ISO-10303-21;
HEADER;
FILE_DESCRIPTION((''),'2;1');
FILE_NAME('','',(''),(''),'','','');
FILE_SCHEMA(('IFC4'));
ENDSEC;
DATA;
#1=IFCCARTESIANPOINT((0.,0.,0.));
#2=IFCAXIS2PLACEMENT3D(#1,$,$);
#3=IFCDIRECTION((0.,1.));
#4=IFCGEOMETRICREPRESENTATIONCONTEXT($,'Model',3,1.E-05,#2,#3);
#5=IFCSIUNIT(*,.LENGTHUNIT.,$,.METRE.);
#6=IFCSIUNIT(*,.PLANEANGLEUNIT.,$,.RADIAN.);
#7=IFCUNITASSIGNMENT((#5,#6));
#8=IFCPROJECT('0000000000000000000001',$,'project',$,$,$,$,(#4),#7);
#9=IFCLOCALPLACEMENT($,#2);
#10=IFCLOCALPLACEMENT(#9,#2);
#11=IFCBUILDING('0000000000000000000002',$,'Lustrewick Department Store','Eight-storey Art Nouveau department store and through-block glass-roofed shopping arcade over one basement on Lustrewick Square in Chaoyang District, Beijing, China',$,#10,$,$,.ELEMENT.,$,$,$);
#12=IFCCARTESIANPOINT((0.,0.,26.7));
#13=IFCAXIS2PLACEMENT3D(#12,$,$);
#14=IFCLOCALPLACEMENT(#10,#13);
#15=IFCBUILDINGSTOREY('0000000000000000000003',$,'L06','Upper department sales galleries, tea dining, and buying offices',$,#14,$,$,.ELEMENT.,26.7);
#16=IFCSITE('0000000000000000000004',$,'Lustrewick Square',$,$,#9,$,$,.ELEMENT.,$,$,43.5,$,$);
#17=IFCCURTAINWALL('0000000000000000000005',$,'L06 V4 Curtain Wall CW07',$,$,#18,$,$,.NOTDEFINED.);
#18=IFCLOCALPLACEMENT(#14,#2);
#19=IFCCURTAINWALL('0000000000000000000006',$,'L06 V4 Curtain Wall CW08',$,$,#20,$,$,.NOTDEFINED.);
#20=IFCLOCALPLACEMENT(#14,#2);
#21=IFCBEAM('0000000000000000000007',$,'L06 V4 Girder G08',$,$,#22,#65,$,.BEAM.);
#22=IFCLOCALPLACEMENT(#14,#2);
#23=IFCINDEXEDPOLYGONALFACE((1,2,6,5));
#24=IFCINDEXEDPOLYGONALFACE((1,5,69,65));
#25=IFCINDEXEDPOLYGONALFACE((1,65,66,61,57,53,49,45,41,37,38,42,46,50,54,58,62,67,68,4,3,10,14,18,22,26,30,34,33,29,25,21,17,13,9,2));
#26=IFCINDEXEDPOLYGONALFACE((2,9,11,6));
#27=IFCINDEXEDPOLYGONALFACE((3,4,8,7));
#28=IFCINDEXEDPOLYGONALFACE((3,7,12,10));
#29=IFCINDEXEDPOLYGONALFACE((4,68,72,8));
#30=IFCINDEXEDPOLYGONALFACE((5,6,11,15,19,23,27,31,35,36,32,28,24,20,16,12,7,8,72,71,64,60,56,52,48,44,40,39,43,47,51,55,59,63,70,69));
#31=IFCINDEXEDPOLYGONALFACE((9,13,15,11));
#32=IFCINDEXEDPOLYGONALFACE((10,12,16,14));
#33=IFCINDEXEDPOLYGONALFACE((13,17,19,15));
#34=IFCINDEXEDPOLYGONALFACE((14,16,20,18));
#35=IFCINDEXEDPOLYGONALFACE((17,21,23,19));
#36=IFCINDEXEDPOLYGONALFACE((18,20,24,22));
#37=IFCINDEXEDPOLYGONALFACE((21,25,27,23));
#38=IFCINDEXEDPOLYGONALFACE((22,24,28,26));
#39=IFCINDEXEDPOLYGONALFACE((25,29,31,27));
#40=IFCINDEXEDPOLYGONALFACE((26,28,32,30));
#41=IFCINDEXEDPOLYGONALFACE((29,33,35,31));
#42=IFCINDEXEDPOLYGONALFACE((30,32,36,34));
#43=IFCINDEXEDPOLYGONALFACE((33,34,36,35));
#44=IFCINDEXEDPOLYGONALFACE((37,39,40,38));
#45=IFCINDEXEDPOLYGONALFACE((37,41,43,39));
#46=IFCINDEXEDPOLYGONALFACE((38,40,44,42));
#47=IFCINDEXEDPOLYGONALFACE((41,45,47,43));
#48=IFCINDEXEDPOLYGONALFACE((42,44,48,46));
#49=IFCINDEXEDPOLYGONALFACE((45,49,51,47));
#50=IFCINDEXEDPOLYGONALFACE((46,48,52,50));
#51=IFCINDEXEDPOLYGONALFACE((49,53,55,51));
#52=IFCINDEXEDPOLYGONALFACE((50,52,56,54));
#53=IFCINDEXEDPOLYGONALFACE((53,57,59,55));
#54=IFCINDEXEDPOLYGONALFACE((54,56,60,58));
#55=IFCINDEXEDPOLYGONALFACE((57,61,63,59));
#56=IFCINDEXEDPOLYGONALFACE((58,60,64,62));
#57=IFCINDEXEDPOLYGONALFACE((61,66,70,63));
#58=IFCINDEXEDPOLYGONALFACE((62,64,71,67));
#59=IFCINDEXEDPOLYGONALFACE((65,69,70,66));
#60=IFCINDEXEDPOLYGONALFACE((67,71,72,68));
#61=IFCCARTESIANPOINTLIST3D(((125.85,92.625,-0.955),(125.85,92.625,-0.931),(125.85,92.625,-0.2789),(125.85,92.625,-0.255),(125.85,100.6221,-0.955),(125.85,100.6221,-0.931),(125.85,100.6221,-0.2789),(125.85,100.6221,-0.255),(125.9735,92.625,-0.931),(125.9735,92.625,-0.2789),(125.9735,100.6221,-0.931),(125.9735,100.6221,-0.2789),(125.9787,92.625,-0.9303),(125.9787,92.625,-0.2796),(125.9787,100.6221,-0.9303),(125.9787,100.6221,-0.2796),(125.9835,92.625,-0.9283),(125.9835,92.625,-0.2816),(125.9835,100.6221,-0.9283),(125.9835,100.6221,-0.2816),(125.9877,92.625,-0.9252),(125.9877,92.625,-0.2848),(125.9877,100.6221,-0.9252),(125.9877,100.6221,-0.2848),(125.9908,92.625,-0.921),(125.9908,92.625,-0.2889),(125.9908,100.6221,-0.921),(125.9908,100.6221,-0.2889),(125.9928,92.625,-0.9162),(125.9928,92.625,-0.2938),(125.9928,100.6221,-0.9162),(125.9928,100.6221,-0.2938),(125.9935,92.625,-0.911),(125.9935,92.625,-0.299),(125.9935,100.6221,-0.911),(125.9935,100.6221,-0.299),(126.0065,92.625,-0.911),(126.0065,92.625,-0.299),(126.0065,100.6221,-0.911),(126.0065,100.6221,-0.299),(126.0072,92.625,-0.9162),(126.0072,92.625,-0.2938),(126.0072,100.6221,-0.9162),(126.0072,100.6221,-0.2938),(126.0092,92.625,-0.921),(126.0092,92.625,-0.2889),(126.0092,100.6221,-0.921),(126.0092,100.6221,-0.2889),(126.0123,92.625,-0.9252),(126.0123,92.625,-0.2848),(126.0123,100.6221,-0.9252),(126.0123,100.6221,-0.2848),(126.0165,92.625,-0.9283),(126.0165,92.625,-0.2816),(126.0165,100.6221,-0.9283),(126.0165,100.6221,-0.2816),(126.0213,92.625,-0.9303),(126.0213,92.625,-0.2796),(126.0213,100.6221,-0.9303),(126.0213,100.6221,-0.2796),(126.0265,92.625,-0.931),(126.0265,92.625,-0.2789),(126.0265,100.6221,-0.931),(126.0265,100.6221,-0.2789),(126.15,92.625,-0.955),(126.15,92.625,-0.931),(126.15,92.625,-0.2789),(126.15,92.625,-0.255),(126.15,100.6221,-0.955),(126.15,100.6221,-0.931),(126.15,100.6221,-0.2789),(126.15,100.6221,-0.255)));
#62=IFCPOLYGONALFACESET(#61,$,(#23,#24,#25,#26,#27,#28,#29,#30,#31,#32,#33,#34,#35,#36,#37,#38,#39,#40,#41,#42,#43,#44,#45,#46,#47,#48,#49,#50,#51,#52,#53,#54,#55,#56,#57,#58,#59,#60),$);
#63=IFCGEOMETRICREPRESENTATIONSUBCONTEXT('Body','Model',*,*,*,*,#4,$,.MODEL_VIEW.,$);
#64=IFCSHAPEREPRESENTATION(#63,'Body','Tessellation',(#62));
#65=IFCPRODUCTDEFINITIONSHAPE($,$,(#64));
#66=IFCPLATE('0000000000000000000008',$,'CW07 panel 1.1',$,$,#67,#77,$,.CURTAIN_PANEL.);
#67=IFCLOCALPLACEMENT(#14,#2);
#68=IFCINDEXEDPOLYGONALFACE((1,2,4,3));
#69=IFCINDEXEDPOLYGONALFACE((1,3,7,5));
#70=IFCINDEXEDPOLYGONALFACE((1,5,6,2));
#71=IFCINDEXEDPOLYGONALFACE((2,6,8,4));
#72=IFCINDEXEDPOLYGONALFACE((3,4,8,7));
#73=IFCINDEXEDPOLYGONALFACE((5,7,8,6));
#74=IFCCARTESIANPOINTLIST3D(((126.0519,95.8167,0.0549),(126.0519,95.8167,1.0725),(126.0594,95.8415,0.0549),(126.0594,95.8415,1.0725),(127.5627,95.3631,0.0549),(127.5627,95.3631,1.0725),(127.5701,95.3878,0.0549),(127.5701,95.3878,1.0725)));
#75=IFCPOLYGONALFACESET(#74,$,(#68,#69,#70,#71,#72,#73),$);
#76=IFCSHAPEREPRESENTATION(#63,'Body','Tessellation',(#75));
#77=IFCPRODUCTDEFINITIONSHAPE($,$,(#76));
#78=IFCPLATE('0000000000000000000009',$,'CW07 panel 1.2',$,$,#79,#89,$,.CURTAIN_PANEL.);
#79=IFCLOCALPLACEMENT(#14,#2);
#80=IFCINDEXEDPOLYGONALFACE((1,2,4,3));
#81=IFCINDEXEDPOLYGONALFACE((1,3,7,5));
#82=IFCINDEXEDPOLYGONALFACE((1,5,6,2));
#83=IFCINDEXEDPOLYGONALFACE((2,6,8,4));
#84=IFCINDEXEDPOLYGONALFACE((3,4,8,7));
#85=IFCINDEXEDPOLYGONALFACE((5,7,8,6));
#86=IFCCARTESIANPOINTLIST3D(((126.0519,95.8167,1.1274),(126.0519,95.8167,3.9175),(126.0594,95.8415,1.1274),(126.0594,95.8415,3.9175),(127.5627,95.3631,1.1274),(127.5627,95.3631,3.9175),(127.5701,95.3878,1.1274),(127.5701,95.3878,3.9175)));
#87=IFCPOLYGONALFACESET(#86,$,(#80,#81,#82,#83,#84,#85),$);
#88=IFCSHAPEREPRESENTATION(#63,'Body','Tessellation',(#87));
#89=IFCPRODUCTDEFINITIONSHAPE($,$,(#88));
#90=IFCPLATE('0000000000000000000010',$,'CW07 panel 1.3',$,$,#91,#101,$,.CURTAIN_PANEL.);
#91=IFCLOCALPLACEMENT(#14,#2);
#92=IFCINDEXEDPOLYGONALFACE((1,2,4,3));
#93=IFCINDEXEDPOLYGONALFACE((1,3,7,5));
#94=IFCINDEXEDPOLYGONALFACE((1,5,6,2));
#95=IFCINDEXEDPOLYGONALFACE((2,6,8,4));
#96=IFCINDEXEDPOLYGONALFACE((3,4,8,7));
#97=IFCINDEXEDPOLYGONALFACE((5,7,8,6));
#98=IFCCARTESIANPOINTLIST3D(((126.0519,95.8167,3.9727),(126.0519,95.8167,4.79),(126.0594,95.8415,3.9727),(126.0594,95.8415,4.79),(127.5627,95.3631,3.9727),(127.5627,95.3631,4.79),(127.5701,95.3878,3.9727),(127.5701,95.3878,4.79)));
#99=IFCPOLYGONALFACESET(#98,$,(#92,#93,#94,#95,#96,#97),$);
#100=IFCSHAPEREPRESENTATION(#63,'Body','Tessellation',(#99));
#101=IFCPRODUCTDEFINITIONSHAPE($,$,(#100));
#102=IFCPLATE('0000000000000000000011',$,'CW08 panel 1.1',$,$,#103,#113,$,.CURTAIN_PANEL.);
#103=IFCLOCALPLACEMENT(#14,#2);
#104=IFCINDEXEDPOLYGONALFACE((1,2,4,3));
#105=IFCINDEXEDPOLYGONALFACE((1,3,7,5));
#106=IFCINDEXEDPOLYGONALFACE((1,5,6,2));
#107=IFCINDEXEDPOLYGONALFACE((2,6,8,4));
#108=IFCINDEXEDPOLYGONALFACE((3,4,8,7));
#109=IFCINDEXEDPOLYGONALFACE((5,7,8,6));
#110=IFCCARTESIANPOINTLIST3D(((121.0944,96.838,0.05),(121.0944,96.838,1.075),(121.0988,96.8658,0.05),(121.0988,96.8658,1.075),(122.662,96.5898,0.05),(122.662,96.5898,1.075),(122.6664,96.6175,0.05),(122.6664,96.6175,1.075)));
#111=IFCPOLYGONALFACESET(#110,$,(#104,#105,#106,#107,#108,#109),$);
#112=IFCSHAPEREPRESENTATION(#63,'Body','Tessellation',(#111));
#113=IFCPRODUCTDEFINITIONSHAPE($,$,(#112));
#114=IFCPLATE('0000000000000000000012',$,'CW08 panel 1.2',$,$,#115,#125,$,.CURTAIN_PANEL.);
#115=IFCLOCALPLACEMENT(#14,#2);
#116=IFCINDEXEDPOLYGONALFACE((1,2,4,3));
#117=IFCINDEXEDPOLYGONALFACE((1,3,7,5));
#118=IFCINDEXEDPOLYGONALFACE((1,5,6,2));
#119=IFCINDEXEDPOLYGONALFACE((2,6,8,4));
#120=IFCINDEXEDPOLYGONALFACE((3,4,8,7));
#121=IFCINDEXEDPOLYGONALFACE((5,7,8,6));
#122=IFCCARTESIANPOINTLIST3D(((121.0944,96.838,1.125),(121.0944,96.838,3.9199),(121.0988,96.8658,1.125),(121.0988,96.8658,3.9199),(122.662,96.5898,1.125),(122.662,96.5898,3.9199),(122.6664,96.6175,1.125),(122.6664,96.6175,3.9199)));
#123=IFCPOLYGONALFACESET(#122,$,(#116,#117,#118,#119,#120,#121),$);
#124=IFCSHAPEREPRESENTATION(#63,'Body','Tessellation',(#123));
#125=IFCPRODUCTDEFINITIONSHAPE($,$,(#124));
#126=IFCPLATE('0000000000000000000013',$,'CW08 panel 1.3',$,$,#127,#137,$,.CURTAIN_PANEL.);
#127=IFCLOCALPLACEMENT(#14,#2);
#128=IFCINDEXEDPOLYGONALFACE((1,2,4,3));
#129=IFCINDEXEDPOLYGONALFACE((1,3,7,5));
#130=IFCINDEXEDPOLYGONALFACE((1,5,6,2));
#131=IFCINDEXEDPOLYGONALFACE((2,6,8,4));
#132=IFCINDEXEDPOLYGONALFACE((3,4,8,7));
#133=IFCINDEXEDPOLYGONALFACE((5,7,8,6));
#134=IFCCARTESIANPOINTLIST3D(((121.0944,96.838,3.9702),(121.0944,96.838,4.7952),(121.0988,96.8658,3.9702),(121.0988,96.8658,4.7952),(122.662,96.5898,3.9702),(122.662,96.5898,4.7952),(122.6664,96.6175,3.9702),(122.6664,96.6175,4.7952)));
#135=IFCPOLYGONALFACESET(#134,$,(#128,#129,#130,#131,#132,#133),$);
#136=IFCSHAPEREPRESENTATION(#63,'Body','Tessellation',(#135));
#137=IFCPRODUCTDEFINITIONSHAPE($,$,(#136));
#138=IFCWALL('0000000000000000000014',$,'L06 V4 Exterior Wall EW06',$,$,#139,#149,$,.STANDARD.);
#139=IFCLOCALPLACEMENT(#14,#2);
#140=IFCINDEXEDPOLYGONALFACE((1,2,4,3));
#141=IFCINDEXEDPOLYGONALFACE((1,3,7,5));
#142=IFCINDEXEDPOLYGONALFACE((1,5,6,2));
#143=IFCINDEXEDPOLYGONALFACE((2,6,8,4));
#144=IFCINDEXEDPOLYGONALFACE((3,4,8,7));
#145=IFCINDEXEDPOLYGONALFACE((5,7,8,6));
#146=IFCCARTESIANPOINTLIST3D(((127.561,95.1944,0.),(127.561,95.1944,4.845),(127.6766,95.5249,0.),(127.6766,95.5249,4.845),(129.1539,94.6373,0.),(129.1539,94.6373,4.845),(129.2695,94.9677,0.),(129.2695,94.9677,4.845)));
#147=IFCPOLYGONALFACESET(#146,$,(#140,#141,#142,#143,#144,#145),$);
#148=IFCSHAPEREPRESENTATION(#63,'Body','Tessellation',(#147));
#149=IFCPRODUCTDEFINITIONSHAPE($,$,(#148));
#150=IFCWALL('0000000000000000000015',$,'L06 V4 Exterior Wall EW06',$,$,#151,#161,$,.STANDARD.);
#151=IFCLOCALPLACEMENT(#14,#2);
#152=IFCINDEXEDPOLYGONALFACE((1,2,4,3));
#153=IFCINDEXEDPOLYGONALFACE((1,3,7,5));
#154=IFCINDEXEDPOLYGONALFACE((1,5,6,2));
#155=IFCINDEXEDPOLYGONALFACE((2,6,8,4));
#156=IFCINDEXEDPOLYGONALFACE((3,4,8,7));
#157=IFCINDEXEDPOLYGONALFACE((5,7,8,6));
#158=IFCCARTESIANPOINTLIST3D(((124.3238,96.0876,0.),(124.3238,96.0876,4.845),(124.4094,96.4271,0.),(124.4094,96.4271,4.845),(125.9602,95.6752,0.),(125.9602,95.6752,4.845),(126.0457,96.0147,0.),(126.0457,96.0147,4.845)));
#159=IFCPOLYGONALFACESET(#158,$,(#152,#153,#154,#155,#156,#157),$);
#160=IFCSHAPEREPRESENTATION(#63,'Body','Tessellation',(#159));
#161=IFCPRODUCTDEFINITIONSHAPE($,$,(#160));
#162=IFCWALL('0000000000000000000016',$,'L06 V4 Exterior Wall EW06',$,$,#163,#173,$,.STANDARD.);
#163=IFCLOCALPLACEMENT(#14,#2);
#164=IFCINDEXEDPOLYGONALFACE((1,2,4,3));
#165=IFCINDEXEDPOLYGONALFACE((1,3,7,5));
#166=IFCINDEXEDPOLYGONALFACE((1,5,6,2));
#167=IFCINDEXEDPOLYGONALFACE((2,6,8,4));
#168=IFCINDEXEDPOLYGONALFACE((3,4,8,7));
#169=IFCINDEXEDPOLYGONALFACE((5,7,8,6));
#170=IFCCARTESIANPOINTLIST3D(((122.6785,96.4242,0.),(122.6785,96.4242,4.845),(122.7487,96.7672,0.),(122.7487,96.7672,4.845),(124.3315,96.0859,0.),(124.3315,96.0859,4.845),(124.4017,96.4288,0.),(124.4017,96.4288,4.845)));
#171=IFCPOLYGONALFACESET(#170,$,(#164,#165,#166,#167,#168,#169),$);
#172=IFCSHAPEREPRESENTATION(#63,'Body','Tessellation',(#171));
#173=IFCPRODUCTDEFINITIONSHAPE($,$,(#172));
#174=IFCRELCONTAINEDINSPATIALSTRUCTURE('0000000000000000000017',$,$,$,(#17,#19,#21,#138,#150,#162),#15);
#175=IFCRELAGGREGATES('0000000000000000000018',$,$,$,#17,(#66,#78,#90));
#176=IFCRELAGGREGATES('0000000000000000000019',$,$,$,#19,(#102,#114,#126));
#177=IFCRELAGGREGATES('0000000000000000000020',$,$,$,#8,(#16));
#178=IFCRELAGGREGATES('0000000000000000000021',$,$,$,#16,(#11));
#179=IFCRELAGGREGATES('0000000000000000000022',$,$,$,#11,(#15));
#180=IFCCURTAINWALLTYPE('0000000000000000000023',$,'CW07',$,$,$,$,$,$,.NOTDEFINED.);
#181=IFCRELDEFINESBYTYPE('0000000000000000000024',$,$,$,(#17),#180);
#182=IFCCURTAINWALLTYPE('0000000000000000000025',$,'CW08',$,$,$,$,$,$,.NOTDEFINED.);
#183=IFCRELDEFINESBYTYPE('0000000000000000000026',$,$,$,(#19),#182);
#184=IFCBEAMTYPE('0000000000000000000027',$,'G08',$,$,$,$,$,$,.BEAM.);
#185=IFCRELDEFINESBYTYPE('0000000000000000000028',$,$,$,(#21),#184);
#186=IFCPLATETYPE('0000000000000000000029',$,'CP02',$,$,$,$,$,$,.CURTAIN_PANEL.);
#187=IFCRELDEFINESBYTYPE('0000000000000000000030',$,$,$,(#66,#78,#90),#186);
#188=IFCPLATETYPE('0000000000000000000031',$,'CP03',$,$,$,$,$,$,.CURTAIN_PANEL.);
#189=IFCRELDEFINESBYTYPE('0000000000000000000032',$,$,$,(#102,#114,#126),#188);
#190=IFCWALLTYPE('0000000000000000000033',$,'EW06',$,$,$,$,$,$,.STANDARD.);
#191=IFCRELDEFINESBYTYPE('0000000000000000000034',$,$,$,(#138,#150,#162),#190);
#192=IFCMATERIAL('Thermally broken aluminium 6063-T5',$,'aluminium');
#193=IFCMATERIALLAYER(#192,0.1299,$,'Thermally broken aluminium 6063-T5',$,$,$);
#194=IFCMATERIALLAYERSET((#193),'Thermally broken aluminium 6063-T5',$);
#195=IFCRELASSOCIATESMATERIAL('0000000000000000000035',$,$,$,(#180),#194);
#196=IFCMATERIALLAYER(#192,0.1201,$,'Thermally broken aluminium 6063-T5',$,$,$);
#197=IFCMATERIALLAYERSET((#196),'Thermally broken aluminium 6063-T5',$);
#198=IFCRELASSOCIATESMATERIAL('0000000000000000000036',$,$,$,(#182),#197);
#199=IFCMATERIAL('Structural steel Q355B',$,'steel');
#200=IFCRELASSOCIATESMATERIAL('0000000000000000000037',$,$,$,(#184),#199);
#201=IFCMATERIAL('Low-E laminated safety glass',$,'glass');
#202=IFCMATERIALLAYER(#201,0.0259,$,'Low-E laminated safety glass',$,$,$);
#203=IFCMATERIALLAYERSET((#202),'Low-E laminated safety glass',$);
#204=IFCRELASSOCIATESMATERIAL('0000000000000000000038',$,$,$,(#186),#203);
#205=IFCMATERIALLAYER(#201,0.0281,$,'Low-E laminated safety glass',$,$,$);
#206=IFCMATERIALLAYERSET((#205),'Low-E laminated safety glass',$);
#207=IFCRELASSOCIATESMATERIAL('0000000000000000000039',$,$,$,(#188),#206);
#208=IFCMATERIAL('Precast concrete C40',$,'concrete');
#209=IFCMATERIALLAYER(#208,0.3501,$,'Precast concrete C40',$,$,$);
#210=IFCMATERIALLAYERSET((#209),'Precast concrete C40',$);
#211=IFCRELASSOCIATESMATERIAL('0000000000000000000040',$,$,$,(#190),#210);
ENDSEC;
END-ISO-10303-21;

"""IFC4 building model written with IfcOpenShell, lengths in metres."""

from ifc_helpers import new_model, si_unit, direction, frame, frame_2d, origin, origin_2d, place, context, subcontext, project, spatial, rectangle, i_section, extrude, material, layer, layer_set, material_profile, profile_set, type_object, element, aggregate, save


model = new_model("IFC4")

# Units and contexts
model_context = context("Model", 3, precision=1e-05, world=origin(), true_north=direction((0.0, 1.0)))
body_context = subcontext(model_context, "Body", "Model", "MODEL_VIEW")
ifc_project = project(units=[si_unit("LENGTHUNIT", "METRE"), si_unit("PLANEANGLEUNIT", "RADIAN")], contexts=[model_context])

# Site, building, storey
site_placement = place(None, origin())
site = spatial("IfcSite", under=ifc_project, at=site_placement, Name="Lustrewick Square", CompositionType="ELEMENT", RefElevation=43.5)
building_placement = place(site_placement, origin())
building = spatial("IfcBuilding", under=site, at=building_placement, Name="Lustrewick Department Store", Description="Eight-storey Art Nouveau department store and through-block glass-roofed shopping arcade over one basement on Lustrewick Square in Chaoyang District, Beijing, China", CompositionType="ELEMENT")
storey_placement = place(building_placement, frame((0.0, 0.0, 26.7)))
storey = spatial("IfcBuildingStorey", under=building, at=storey_placement, Name="L06", Description="Upper department sales galleries, tea dining, and buying offices", CompositionType="ELEMENT", Elevation=26.7)

# Shared definitions
ifc_material_1 = material(Name="Structural steel Q355B", Category="steel")

# Curtain walls
ifc_material_2 = material(Name="Thermally broken aluminium 6063-T5", Category="aluminium")
ifc_layer_1 = layer(ifc_material_2, 0.1299, Name="Thermally broken aluminium 6063-T5")
ifc_layer_set_1 = layer_set([ifc_layer_1], Name="Thermally broken aluminium 6063-T5")
curtain_wall_type_1 = type_object("IfcCurtainWallType", Name="CW07", PredefinedType="NOTDEFINED", material=ifc_layer_set_1)
curtain_wall_1_placement = place(storey_placement, origin())
curtain_wall_1 = element("IfcCurtainWall", 1, at=curtain_wall_1_placement, inside=storey, type_object=curtain_wall_type_1, Name="L06 V4 Curtain Wall CW07", PredefinedType="NOTDEFINED")
ifc_layer_2 = layer(ifc_material_2, 0.1201, Name="Thermally broken aluminium 6063-T5")
ifc_layer_set_2 = layer_set([ifc_layer_2], Name="Thermally broken aluminium 6063-T5")
curtain_wall_type_2 = type_object("IfcCurtainWallType", Name="CW08", PredefinedType="NOTDEFINED", material=ifc_layer_set_2)
curtain_wall_2_placement = place(storey_placement, origin())
curtain_wall_2 = element("IfcCurtainWall", 2, at=curtain_wall_2_placement, inside=storey, type_object=curtain_wall_type_2, Name="L06 V4 Curtain Wall CW08", PredefinedType="NOTDEFINED")

# Beam
ifc_material_profile_1 = material_profile(ifc_material_1, i_section(OverallWidth=0.3, OverallDepth=0.7, WebThickness=0.0129, FlangeThickness=0.0239, FilletRadius=0.02, at=origin_2d()), Name="HN 700x300x13x24")
ifc_profile_set_1 = profile_set([ifc_material_profile_1], Name="Structural steel Q355B")
beam_type_1 = type_object("IfcBeamType", Name="G08", PredefinedType="BEAM", material=ifc_profile_set_1)
beam_1_placement = place(storey_placement, frame((126.0, 92.625, -0.605), z_axis=(0.0, 1.0, 0.0), x_axis=(-1.0, 0.0, 0.0)))
element("IfcBeam", 3, at=beam_1_placement, inside=storey, type_object=beam_type_1, Name="L06 V4 Girder G08", PredefinedType="BEAM", context=body_context, shape_type="SweptSolid", body=[
    extrude(i_section(OverallWidth=0.3, OverallDepth=0.7, WebThickness=0.0129, FlangeThickness=0.0239, FilletRadius=0.02, at=origin_2d()), origin(), (0.0, 0.0, 1.0), 7.9971),
])

# Plates
ifc_material_3 = material(Name="Low-E laminated safety glass", Category="glass")
ifc_layer_3 = layer(ifc_material_3, 0.0259, Name="Low-E laminated safety glass")
ifc_layer_set_3 = layer_set([ifc_layer_3], Name="Low-E laminated safety glass")
plate_type_1 = type_object("IfcPlateType", Name="CP02", PredefinedType="CURTAIN_PANEL", material=ifc_layer_set_3)
plate_1_placement = place(storey_placement, frame((126.811, 95.6023, 0.0549), z_axis=(0.0, 0.0, 1.0), x_axis=(-0.957745, 0.28762, 0.0)))
plate_1 = element("IfcPlate", 4, at=plate_1_placement, type_object=plate_type_1, Name="CW07 panel 1.1", PredefinedType="CURTAIN_PANEL", context=body_context, shape_type="SweptSolid", body=[
    extrude(rectangle(XDim=1.5774, YDim=0.0259, at=origin_2d()), origin(), (0.0, 0.0, 1.0), 1.0176),
])
plate_2_placement = place(storey_placement, frame((126.811, 95.6023, 1.1274), z_axis=(0.0, 0.0, 1.0), x_axis=(-0.957745, 0.28762, 0.0)))
plate_2 = element("IfcPlate", 5, at=plate_2_placement, type_object=plate_type_1, Name="CW07 panel 1.2", PredefinedType="CURTAIN_PANEL", context=body_context, shape_type="SweptSolid", body=[
    extrude(rectangle(XDim=1.5774, YDim=0.0259, at=origin_2d()), origin(), (0.0, 0.0, 1.0), 2.79),
])
plate_3_placement = place(storey_placement, frame((126.811, 95.6023, 3.9727), z_axis=(0.0, 0.0, 1.0), x_axis=(-0.957745, 0.28762, 0.0)))
plate_3 = element("IfcPlate", 6, at=plate_3_placement, type_object=plate_type_1, Name="CW07 panel 1.3", PredefinedType="CURTAIN_PANEL", context=body_context, shape_type="SweptSolid", body=[
    extrude(rectangle(XDim=1.5774, YDim=0.0259, at=origin_2d()), origin(), (0.0, 0.0, 1.0), 0.8174),
])
aggregate(curtain_wall_1, [plate_1, plate_2, plate_3])
ifc_layer_4 = layer(ifc_material_3, 0.0281, Name="Low-E laminated safety glass")
ifc_layer_set_4 = layer_set([ifc_layer_4], Name="Low-E laminated safety glass")
plate_type_2 = type_object("IfcPlateType", Name="CP03", PredefinedType="CURTAIN_PANEL", material=ifc_layer_set_4)
plate_4_placement = place(storey_placement, frame((121.8804, 96.7278, 0.05), z_axis=(0.0, 0.0, 1.0), x_axis=(-0.987693, 0.156407, 0.0)))
plate_4 = element("IfcPlate", 7, at=plate_4_placement, type_object=plate_type_2, Name="CW08 panel 1.1", PredefinedType="CURTAIN_PANEL", context=body_context, shape_type="SweptSolid", body=[
    extrude(rectangle(XDim=1.5872, YDim=0.0281, at=origin_2d()), origin(), (0.0, 0.0, 1.0), 1.0249),
])
plate_5_placement = place(storey_placement, frame((121.8804, 96.7278, 1.125), z_axis=(0.0, 0.0, 1.0), x_axis=(-0.987693, 0.156407, 0.0)))
plate_5 = element("IfcPlate", 8, at=plate_5_placement, type_object=plate_type_2, Name="CW08 panel 1.2", PredefinedType="CURTAIN_PANEL", context=body_context, shape_type="SweptSolid", body=[
    extrude(rectangle(XDim=1.5872, YDim=0.0281, at=origin_2d()), origin(), (0.0, 0.0, 1.0), 2.7949),
])
plate_6_placement = place(storey_placement, frame((121.8804, 96.7278, 3.9702), z_axis=(0.0, 0.0, 1.0), x_axis=(-0.987693, 0.156407, 0.0)))
plate_6 = element("IfcPlate", 9, at=plate_6_placement, type_object=plate_type_2, Name="CW08 panel 1.3", PredefinedType="CURTAIN_PANEL", context=body_context, shape_type="SweptSolid", body=[
    extrude(rectangle(XDim=1.5872, YDim=0.0281, at=origin_2d()), origin(), (0.0, 0.0, 1.0), 0.825),
])
aggregate(curtain_wall_2, [plate_4, plate_5, plate_6])

# Walls
ifc_material_4 = material(Name="Precast concrete C40", Category="concrete")
ifc_layer_5 = layer(ifc_material_4, 0.3501, Name="Precast concrete C40")
ifc_layer_set_5 = layer_set([ifc_layer_5], Name="Precast concrete C40")
wall_type = type_object("IfcWallType", Name="EW06", PredefinedType="STANDARD", material=ifc_layer_set_5)
for number, where, z_axis, x_axis, name in (
    (10, (129.2117, 94.8025, 0.0), (0.0, 0.0, 1.0), (-0.943921, 0.33017, 0.0), "L06 V4 Exterior Wall EW06"),
    (11, (126.0029, 95.845, 0.0), (0.0, 0.0, 1.0), (-0.969681, 0.244374, 0.0), "L06 V4 Exterior Wall EW06"),
):
    element("IfcWall", number, at=place(storey_placement, frame(where, z_axis=z_axis, x_axis=x_axis)), inside=storey, type_object=wall_type, Name=name, PredefinedType="STANDARD", context=body_context, shape_type="SweptSolid", body=[
        extrude(rectangle(XDim=1.6875, YDim=0.3501, at=frame_2d((0.8438, 0.0))), origin(), (0.0, 0.0, 1.0), 4.845),
    ])
wall_placement = place(storey_placement, frame((124.3667, 96.2573, 0.0), z_axis=(0.0, 0.0, 1.0), x_axis=(-0.979686, 0.200538, 0.0)))
element("IfcWall", 12, at=wall_placement, inside=storey, type_object=wall_type, Name="L06 V4 Exterior Wall EW06", PredefinedType="STANDARD", context=body_context, shape_type="SweptSolid", body=[
    extrude(rectangle(XDim=1.6873, YDim=0.3501, at=frame_2d((0.8438, 0.0))), origin(), (0.0, 0.0, 1.0), 4.845),
])

save(model, "model.ifc")
